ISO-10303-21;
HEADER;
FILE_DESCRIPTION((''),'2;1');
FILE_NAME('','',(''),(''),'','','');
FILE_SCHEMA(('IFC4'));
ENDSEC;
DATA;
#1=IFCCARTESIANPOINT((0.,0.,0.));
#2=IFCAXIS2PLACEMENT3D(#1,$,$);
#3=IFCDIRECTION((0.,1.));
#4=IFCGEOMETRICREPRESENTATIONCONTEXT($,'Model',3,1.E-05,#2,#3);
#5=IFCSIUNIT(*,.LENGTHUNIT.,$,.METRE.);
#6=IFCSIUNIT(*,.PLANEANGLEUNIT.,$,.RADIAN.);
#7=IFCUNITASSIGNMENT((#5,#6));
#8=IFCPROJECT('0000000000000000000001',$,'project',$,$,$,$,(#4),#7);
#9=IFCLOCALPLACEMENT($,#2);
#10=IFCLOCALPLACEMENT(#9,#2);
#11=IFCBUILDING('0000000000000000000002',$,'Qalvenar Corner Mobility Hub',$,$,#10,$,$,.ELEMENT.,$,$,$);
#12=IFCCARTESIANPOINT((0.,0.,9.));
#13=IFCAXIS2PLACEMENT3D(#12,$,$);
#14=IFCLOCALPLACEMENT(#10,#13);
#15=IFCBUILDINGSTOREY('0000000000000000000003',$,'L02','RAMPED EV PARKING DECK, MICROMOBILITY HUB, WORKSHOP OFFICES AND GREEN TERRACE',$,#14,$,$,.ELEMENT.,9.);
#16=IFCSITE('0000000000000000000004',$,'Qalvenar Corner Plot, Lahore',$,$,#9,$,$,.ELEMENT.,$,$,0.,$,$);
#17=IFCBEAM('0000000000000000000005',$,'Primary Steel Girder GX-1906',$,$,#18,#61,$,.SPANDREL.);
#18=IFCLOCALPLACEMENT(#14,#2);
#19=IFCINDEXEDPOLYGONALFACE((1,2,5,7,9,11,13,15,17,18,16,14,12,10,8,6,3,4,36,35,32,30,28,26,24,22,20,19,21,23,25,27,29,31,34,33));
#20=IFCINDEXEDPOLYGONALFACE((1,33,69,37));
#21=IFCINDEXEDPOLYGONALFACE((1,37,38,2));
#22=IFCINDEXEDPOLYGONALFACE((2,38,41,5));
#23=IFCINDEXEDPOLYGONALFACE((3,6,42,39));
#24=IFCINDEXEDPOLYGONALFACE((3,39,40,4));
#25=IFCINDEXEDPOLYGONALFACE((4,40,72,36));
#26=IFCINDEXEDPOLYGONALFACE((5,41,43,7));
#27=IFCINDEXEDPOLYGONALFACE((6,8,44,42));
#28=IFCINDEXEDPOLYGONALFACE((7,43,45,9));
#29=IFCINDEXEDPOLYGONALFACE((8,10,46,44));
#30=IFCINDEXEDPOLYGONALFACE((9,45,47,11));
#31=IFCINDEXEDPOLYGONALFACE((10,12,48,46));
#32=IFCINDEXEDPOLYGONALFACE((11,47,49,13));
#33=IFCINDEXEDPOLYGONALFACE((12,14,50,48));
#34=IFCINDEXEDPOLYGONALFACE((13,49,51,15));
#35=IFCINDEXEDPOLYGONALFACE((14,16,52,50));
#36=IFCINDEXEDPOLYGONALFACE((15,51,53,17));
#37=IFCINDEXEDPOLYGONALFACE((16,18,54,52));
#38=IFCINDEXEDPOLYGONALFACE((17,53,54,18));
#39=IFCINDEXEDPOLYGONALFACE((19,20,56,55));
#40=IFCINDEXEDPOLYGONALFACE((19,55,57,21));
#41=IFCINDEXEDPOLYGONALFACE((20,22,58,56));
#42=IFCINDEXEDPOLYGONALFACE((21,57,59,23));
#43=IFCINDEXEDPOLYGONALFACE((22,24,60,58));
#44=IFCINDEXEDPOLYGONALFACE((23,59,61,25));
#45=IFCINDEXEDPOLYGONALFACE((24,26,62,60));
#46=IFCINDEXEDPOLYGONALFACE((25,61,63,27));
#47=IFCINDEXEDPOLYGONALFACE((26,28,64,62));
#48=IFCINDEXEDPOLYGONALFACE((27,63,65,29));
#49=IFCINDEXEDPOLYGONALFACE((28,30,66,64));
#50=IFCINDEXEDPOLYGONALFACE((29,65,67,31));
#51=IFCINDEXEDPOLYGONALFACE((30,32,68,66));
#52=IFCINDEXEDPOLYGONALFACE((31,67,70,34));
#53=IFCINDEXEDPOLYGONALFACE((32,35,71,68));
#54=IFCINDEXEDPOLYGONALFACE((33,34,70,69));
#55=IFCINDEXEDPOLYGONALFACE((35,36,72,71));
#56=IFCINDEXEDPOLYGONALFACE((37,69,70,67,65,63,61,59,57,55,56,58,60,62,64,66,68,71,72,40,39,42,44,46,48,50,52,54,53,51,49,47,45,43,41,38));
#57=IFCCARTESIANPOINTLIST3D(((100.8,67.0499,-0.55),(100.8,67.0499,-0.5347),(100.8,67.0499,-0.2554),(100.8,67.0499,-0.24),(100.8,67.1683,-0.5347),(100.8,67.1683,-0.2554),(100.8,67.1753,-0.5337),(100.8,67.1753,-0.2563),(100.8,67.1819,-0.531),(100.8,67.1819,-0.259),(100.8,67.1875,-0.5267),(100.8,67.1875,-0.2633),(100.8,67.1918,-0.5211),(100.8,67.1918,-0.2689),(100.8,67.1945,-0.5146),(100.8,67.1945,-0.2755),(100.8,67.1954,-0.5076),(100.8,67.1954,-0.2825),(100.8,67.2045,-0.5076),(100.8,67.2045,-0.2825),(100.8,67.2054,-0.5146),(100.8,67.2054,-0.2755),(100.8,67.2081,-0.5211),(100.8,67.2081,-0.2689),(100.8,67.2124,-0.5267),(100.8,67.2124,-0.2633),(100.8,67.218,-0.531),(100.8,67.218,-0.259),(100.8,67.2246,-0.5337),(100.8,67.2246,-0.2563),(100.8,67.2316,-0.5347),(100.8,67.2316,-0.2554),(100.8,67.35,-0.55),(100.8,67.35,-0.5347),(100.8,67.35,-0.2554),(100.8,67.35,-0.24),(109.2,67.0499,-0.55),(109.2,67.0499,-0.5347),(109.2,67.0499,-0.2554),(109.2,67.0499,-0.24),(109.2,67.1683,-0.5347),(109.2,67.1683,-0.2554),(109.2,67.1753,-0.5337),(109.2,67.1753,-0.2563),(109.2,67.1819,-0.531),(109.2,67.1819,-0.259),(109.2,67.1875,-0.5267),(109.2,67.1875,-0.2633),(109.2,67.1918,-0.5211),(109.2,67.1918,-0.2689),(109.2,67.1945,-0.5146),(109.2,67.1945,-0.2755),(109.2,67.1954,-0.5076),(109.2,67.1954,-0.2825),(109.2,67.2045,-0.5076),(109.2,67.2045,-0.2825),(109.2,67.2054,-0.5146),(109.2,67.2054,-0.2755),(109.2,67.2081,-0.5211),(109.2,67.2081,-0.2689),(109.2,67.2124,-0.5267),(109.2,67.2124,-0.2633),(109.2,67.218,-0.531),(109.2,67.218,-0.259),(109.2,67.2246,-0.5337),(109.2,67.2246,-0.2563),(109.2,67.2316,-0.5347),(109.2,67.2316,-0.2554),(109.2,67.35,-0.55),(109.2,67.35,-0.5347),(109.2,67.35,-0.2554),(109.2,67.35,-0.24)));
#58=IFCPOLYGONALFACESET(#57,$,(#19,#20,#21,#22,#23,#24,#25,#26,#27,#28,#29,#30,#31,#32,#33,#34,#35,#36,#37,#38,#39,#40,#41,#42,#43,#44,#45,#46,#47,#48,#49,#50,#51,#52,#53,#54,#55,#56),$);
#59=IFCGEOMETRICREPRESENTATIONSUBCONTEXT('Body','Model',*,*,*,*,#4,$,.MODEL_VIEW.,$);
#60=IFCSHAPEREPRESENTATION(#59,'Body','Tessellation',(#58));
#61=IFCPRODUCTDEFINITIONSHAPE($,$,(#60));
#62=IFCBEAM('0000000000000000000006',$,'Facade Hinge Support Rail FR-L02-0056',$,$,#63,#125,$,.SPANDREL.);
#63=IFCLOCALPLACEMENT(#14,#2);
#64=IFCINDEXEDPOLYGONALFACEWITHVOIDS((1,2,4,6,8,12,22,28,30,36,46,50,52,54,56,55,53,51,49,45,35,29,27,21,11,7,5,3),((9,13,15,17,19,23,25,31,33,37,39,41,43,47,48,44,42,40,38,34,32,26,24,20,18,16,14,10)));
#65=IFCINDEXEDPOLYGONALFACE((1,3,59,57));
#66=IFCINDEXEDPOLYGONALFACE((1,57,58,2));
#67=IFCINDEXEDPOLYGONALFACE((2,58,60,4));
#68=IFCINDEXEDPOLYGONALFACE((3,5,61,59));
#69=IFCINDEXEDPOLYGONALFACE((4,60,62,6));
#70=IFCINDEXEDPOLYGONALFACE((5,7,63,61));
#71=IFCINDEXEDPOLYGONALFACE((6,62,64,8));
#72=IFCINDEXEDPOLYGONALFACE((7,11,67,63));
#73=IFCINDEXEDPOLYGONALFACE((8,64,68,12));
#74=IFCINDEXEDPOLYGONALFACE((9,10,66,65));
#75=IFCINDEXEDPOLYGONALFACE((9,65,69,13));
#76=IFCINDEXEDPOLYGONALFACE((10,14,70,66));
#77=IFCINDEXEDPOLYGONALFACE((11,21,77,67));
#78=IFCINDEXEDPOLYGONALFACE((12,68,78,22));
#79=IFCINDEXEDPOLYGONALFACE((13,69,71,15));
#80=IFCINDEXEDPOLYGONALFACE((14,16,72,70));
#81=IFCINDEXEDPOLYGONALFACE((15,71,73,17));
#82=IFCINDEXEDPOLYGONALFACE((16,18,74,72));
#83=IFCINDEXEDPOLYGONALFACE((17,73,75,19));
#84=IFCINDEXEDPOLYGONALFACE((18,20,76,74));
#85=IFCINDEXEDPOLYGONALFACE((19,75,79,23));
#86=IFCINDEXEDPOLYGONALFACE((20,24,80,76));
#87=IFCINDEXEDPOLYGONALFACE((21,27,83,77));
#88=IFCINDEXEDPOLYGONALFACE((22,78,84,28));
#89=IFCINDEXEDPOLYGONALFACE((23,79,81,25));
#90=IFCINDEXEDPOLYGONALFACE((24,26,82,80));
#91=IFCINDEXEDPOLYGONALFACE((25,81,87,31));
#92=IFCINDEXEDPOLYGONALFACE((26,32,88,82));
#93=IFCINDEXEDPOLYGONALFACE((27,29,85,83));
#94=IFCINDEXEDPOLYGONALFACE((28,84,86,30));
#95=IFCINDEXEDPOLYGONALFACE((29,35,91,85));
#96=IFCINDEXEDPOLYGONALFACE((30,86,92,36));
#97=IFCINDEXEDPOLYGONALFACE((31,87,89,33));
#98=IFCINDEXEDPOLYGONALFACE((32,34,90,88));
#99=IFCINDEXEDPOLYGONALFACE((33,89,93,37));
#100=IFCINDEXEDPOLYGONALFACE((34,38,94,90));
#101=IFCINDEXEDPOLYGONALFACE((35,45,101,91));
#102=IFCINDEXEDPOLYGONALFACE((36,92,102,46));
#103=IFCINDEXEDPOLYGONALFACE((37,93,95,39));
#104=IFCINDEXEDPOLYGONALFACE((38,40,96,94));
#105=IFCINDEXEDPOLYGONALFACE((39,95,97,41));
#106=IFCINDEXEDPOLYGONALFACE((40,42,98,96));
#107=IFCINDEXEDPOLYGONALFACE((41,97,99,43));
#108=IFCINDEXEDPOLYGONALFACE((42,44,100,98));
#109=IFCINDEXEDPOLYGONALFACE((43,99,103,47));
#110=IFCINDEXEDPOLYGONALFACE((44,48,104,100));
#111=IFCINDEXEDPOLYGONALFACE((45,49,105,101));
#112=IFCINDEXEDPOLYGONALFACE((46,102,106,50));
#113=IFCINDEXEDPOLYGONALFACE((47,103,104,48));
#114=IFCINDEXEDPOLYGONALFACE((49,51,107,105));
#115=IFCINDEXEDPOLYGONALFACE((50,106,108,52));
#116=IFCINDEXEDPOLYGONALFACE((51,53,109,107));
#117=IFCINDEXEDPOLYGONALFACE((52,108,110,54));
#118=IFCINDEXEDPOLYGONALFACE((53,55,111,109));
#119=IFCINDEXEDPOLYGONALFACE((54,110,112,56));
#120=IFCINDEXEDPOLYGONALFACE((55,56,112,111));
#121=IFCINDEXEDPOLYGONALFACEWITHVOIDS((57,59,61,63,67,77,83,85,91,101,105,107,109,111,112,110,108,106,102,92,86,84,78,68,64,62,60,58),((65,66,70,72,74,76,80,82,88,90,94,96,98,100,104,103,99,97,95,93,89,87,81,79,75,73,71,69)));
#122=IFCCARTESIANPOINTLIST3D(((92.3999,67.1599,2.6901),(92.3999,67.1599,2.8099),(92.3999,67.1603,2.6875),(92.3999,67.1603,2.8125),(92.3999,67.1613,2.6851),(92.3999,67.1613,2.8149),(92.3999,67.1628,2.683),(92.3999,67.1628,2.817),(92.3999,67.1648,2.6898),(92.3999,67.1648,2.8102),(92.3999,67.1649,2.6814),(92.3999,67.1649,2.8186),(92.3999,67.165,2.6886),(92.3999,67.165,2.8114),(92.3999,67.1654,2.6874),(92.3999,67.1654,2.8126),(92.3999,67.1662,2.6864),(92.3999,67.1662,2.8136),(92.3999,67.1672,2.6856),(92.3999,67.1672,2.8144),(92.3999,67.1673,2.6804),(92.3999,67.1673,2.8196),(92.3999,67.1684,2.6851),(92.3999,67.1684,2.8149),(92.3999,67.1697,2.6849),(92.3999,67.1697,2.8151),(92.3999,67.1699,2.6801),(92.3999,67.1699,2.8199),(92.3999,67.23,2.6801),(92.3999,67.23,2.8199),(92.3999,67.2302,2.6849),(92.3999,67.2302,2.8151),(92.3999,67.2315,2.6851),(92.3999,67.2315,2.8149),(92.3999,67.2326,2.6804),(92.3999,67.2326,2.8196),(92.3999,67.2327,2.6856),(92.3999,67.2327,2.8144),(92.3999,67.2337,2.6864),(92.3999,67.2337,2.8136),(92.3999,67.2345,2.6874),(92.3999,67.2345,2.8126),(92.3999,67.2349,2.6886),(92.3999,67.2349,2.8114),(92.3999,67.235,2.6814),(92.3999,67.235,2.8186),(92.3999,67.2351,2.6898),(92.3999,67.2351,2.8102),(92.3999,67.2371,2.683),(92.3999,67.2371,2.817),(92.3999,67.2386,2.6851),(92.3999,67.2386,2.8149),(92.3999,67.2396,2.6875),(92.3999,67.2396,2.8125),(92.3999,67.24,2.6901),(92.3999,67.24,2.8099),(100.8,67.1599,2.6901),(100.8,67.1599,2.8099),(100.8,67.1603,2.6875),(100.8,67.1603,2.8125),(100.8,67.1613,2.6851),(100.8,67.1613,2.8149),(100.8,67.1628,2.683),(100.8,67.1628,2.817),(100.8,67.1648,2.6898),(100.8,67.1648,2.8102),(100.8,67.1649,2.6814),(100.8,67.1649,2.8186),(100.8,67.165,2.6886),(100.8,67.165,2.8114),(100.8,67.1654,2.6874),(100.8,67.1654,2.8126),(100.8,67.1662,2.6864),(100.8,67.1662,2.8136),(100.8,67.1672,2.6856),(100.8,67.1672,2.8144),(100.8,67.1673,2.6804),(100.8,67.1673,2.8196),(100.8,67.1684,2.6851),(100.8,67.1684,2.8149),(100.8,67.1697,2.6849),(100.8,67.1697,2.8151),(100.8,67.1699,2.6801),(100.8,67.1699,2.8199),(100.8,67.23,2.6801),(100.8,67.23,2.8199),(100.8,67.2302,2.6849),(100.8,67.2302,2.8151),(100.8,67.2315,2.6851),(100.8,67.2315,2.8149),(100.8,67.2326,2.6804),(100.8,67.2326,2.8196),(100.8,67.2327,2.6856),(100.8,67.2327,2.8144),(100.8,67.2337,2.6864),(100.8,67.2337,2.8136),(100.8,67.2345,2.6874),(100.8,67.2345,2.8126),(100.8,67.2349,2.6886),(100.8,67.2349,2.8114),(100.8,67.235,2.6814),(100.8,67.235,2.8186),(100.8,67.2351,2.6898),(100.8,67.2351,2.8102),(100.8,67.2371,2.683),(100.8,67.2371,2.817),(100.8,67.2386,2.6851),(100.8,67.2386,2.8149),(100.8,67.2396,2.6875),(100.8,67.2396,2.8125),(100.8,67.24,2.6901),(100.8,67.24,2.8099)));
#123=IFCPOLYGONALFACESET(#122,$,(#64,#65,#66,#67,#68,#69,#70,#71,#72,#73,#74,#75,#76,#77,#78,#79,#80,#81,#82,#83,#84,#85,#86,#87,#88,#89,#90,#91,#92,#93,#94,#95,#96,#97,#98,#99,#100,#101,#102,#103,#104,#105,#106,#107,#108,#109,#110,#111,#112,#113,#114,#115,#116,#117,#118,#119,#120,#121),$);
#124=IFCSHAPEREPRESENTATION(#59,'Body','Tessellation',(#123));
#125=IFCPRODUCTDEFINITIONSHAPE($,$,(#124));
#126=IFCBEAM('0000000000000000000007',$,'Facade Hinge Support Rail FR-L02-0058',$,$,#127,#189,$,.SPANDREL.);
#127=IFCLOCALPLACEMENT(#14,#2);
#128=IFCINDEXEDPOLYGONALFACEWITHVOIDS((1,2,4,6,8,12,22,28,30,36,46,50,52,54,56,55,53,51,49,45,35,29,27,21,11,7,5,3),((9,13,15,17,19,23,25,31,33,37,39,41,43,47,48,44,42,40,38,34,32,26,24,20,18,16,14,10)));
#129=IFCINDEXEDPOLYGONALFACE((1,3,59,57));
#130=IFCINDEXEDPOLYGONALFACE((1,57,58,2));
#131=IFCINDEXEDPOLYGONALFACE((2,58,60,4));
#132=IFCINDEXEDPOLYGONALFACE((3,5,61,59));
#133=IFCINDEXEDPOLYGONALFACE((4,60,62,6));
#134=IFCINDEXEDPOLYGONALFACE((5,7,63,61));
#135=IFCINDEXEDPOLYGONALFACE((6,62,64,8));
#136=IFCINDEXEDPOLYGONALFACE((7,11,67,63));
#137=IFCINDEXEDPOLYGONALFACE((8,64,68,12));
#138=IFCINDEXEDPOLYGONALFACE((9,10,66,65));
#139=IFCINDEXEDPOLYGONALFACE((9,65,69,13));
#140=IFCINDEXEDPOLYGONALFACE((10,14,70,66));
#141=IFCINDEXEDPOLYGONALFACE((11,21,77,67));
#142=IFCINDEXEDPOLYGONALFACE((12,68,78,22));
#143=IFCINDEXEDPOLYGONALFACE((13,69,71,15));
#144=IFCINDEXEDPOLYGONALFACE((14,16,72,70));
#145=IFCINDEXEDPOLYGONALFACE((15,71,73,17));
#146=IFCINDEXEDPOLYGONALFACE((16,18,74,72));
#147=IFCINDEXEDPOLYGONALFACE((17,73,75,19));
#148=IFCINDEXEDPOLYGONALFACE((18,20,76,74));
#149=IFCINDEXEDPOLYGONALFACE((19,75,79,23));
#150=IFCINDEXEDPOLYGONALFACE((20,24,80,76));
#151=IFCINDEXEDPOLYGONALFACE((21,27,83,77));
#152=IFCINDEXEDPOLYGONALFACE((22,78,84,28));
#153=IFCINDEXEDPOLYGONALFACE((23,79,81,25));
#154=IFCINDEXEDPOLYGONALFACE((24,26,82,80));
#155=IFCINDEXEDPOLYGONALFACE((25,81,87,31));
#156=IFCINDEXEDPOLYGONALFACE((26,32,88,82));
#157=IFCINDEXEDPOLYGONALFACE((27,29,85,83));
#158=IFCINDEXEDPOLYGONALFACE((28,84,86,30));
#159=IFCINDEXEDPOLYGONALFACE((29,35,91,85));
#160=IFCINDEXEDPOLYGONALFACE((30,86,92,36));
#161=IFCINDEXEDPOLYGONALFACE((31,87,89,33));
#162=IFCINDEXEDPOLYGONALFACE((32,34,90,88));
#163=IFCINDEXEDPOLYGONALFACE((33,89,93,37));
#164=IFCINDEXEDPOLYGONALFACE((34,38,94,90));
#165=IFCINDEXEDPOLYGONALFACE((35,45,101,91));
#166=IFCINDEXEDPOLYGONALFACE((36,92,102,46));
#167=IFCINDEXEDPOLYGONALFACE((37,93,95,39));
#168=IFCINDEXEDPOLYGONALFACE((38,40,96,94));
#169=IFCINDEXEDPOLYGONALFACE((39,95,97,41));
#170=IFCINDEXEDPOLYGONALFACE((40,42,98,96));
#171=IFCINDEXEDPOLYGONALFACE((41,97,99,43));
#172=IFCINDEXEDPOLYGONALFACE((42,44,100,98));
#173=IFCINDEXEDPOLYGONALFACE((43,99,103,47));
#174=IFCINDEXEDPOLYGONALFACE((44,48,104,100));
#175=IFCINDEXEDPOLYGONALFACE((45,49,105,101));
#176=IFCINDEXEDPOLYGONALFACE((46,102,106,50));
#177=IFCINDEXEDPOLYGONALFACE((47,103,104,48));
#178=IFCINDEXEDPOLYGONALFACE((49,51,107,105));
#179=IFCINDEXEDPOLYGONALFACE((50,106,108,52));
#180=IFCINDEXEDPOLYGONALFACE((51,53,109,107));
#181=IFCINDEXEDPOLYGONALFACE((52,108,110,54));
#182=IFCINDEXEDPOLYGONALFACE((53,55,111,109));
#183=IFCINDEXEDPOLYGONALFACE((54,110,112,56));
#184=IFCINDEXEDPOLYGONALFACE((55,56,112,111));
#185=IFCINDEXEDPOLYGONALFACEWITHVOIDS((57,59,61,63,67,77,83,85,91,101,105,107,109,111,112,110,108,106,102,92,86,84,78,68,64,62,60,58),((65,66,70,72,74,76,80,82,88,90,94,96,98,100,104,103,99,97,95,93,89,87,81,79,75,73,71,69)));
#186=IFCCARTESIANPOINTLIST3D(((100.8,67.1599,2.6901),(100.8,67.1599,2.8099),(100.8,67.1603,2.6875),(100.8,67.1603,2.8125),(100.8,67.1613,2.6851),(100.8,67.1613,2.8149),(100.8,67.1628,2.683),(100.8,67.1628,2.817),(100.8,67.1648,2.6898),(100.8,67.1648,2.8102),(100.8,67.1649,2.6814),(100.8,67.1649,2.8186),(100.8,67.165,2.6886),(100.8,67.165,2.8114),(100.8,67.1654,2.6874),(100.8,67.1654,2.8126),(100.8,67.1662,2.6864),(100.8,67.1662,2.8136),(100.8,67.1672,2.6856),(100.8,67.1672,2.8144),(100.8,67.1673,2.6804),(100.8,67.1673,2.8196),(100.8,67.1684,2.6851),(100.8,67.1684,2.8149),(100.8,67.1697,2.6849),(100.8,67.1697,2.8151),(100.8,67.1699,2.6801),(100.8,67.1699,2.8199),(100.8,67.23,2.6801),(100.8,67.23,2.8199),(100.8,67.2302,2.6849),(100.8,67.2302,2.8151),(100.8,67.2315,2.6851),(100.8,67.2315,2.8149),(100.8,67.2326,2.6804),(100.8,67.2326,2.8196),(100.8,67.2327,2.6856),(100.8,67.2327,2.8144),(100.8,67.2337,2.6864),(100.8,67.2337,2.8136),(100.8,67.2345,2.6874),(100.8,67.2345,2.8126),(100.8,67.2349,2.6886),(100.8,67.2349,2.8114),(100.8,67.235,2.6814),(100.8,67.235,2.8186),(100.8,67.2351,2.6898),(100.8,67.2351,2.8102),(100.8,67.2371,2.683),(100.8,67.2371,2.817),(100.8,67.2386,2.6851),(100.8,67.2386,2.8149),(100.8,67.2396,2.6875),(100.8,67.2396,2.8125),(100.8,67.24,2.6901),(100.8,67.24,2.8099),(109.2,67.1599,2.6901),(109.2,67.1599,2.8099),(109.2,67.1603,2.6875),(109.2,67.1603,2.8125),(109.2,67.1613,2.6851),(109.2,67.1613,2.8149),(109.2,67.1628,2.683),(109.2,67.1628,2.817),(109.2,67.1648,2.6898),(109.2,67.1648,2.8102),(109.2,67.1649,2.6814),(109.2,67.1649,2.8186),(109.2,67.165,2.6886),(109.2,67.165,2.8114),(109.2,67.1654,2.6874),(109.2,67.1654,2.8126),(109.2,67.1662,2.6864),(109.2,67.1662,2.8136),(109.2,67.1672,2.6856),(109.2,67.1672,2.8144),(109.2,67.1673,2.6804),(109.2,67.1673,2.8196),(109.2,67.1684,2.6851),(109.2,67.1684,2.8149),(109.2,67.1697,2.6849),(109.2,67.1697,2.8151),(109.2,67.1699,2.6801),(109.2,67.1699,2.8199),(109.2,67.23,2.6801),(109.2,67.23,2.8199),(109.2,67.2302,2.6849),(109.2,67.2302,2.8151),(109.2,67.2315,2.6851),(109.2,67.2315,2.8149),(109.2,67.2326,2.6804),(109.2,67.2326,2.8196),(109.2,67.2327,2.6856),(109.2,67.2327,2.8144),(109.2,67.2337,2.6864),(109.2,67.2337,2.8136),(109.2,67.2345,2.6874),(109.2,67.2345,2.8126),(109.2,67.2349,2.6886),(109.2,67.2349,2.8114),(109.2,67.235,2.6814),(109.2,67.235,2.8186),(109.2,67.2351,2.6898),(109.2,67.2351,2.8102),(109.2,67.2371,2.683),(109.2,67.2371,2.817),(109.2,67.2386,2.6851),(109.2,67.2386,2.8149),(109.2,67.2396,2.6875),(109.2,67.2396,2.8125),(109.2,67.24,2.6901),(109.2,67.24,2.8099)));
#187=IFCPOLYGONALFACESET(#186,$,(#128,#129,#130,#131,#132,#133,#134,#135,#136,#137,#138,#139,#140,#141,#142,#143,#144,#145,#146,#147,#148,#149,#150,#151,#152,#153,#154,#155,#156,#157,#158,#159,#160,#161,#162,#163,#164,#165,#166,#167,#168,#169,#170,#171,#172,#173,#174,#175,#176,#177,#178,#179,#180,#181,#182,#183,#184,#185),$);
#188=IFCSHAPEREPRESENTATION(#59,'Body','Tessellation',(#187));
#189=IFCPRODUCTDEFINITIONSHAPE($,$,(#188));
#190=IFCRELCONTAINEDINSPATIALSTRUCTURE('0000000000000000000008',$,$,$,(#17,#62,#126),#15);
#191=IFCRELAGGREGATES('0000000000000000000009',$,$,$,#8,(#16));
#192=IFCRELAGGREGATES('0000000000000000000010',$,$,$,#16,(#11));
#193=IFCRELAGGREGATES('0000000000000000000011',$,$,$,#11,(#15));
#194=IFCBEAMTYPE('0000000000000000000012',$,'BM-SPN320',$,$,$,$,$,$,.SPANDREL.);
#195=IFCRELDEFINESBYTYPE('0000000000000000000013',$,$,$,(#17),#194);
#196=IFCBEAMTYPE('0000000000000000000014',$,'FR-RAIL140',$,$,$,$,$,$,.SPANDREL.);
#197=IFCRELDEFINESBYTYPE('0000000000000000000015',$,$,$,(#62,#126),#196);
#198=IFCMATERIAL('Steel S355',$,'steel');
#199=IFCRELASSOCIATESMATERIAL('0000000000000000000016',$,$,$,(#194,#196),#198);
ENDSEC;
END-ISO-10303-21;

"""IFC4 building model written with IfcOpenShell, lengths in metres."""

from ifc_helpers import new_model, si_unit, direction, frame, origin, origin_2d, place, context, subcontext, project, spatial, hollow_rectangle, i_section, extrude, material, material_profile, profile_set, type_object, element, save


model = new_model("IFC4")

# Units and contexts
model_context = context("Model", 3, precision=1e-05, world=origin(), true_north=direction((0.0, 1.0)))
body_context = subcontext(model_context, "Body", "Model", "MODEL_VIEW")
ifc_project = project(units=[si_unit("LENGTHUNIT", "METRE"), si_unit("PLANEANGLEUNIT", "RADIAN")], contexts=[model_context])

# Site, building, storey
site_placement = place(None, origin())
site = spatial("IfcSite", under=ifc_project, at=site_placement, Name="Qalvenar Corner Plot, Lahore", CompositionType="ELEMENT", RefElevation=0.0)
building_placement = place(site_placement, origin())
building = spatial("IfcBuilding", under=site, at=building_placement, Name="Qalvenar Corner Mobility Hub", CompositionType="ELEMENT")
storey_placement = place(building_placement, frame((0.0, 0.0, 9.0)))
storey = spatial("IfcBuildingStorey", under=building, at=storey_placement, Name="L02", Description="RAMPED EV PARKING DECK, MICROMOBILITY HUB, WORKSHOP OFFICES AND GREEN TERRACE", CompositionType="ELEMENT", Elevation=9.0)

# Shared definitions
ifc_material = material(Name="Steel S355", Category="steel")

# Beams
ifc_material_profile_1 = material_profile(ifc_material, i_section(OverallWidth=0.3, OverallDepth=0.3101, WebThickness=0.009, FlangeThickness=0.0154, FilletRadius=0.0271, at=origin_2d()), Name="HEA320")
ifc_profile_set_1 = profile_set([ifc_material_profile_1], Name="Steel S355")
beam_type_1 = type_object("IfcBeamType", Name="BM-SPN320", PredefinedType="SPANDREL", material=ifc_profile_set_1)
beam_1_placement = place(storey_placement, frame((100.8, 67.2, -0.395), z_axis=(1.0, 0.0, 0.0), x_axis=(0.0, 1.0, 0.0)))
element("IfcBeam", 1, at=beam_1_placement, inside=storey, type_object=beam_type_1, Name="Primary Steel Girder GX-1906", PredefinedType="SPANDREL", context=body_context, shape_type="SweptSolid", body=[
    extrude(i_section(OverallWidth=0.3, OverallDepth=0.3101, WebThickness=0.009, FlangeThickness=0.0154, FilletRadius=0.0271, at=origin_2d()), origin(), (0.0, 0.0, 1.0), 8.3999),
])
ifc_material_profile_2 = material_profile(ifc_material, hollow_rectangle(XDim=0.0801, YDim=0.1399, WallThickness=0.0049, InnerFilletRadius=0.0049, OuterFilletRadius=0.01, at=origin_2d()), Name="RHS140x80x5")
ifc_profile_set_2 = profile_set([ifc_material_profile_2], Name="Steel S355")
beam_type_2 = type_object("IfcBeamType", Name="FR-RAIL140", PredefinedType="SPANDREL", material=ifc_profile_set_2)
beam_2_placement = place(storey_placement, frame((92.3999, 67.2, 2.75), z_axis=(1.0, 0.0, 0.0), x_axis=(0.0, 1.0, 0.0)))
element("IfcBeam", 2, at=beam_2_placement, inside=storey, type_object=beam_type_2, Name="Facade Hinge Support Rail FR-L02-0056", PredefinedType="SPANDREL", context=body_context, shape_type="SweptSolid", body=[
    extrude(hollow_rectangle(XDim=0.0801, YDim=0.1399, WallThickness=0.0049, InnerFilletRadius=0.0049, OuterFilletRadius=0.01, at=origin_2d()), origin(), (0.0, 0.0, 1.0), 8.4001),
])
beam_3_placement = place(storey_placement, frame((100.8, 67.2, 2.75), z_axis=(1.0, 0.0, 0.0), x_axis=(0.0, 1.0, 0.0)))
element("IfcBeam", 3, at=beam_3_placement, inside=storey, type_object=beam_type_2, Name="Facade Hinge Support Rail FR-L02-0058", PredefinedType="SPANDREL", context=body_context, shape_type="SweptSolid", body=[
    extrude(hollow_rectangle(XDim=0.0801, YDim=0.1399, WallThickness=0.0049, InnerFilletRadius=0.0049, OuterFilletRadius=0.01, at=origin_2d()), origin(), (0.0, 0.0, 1.0), 8.3999),
])

save(model, "model.ifc")
